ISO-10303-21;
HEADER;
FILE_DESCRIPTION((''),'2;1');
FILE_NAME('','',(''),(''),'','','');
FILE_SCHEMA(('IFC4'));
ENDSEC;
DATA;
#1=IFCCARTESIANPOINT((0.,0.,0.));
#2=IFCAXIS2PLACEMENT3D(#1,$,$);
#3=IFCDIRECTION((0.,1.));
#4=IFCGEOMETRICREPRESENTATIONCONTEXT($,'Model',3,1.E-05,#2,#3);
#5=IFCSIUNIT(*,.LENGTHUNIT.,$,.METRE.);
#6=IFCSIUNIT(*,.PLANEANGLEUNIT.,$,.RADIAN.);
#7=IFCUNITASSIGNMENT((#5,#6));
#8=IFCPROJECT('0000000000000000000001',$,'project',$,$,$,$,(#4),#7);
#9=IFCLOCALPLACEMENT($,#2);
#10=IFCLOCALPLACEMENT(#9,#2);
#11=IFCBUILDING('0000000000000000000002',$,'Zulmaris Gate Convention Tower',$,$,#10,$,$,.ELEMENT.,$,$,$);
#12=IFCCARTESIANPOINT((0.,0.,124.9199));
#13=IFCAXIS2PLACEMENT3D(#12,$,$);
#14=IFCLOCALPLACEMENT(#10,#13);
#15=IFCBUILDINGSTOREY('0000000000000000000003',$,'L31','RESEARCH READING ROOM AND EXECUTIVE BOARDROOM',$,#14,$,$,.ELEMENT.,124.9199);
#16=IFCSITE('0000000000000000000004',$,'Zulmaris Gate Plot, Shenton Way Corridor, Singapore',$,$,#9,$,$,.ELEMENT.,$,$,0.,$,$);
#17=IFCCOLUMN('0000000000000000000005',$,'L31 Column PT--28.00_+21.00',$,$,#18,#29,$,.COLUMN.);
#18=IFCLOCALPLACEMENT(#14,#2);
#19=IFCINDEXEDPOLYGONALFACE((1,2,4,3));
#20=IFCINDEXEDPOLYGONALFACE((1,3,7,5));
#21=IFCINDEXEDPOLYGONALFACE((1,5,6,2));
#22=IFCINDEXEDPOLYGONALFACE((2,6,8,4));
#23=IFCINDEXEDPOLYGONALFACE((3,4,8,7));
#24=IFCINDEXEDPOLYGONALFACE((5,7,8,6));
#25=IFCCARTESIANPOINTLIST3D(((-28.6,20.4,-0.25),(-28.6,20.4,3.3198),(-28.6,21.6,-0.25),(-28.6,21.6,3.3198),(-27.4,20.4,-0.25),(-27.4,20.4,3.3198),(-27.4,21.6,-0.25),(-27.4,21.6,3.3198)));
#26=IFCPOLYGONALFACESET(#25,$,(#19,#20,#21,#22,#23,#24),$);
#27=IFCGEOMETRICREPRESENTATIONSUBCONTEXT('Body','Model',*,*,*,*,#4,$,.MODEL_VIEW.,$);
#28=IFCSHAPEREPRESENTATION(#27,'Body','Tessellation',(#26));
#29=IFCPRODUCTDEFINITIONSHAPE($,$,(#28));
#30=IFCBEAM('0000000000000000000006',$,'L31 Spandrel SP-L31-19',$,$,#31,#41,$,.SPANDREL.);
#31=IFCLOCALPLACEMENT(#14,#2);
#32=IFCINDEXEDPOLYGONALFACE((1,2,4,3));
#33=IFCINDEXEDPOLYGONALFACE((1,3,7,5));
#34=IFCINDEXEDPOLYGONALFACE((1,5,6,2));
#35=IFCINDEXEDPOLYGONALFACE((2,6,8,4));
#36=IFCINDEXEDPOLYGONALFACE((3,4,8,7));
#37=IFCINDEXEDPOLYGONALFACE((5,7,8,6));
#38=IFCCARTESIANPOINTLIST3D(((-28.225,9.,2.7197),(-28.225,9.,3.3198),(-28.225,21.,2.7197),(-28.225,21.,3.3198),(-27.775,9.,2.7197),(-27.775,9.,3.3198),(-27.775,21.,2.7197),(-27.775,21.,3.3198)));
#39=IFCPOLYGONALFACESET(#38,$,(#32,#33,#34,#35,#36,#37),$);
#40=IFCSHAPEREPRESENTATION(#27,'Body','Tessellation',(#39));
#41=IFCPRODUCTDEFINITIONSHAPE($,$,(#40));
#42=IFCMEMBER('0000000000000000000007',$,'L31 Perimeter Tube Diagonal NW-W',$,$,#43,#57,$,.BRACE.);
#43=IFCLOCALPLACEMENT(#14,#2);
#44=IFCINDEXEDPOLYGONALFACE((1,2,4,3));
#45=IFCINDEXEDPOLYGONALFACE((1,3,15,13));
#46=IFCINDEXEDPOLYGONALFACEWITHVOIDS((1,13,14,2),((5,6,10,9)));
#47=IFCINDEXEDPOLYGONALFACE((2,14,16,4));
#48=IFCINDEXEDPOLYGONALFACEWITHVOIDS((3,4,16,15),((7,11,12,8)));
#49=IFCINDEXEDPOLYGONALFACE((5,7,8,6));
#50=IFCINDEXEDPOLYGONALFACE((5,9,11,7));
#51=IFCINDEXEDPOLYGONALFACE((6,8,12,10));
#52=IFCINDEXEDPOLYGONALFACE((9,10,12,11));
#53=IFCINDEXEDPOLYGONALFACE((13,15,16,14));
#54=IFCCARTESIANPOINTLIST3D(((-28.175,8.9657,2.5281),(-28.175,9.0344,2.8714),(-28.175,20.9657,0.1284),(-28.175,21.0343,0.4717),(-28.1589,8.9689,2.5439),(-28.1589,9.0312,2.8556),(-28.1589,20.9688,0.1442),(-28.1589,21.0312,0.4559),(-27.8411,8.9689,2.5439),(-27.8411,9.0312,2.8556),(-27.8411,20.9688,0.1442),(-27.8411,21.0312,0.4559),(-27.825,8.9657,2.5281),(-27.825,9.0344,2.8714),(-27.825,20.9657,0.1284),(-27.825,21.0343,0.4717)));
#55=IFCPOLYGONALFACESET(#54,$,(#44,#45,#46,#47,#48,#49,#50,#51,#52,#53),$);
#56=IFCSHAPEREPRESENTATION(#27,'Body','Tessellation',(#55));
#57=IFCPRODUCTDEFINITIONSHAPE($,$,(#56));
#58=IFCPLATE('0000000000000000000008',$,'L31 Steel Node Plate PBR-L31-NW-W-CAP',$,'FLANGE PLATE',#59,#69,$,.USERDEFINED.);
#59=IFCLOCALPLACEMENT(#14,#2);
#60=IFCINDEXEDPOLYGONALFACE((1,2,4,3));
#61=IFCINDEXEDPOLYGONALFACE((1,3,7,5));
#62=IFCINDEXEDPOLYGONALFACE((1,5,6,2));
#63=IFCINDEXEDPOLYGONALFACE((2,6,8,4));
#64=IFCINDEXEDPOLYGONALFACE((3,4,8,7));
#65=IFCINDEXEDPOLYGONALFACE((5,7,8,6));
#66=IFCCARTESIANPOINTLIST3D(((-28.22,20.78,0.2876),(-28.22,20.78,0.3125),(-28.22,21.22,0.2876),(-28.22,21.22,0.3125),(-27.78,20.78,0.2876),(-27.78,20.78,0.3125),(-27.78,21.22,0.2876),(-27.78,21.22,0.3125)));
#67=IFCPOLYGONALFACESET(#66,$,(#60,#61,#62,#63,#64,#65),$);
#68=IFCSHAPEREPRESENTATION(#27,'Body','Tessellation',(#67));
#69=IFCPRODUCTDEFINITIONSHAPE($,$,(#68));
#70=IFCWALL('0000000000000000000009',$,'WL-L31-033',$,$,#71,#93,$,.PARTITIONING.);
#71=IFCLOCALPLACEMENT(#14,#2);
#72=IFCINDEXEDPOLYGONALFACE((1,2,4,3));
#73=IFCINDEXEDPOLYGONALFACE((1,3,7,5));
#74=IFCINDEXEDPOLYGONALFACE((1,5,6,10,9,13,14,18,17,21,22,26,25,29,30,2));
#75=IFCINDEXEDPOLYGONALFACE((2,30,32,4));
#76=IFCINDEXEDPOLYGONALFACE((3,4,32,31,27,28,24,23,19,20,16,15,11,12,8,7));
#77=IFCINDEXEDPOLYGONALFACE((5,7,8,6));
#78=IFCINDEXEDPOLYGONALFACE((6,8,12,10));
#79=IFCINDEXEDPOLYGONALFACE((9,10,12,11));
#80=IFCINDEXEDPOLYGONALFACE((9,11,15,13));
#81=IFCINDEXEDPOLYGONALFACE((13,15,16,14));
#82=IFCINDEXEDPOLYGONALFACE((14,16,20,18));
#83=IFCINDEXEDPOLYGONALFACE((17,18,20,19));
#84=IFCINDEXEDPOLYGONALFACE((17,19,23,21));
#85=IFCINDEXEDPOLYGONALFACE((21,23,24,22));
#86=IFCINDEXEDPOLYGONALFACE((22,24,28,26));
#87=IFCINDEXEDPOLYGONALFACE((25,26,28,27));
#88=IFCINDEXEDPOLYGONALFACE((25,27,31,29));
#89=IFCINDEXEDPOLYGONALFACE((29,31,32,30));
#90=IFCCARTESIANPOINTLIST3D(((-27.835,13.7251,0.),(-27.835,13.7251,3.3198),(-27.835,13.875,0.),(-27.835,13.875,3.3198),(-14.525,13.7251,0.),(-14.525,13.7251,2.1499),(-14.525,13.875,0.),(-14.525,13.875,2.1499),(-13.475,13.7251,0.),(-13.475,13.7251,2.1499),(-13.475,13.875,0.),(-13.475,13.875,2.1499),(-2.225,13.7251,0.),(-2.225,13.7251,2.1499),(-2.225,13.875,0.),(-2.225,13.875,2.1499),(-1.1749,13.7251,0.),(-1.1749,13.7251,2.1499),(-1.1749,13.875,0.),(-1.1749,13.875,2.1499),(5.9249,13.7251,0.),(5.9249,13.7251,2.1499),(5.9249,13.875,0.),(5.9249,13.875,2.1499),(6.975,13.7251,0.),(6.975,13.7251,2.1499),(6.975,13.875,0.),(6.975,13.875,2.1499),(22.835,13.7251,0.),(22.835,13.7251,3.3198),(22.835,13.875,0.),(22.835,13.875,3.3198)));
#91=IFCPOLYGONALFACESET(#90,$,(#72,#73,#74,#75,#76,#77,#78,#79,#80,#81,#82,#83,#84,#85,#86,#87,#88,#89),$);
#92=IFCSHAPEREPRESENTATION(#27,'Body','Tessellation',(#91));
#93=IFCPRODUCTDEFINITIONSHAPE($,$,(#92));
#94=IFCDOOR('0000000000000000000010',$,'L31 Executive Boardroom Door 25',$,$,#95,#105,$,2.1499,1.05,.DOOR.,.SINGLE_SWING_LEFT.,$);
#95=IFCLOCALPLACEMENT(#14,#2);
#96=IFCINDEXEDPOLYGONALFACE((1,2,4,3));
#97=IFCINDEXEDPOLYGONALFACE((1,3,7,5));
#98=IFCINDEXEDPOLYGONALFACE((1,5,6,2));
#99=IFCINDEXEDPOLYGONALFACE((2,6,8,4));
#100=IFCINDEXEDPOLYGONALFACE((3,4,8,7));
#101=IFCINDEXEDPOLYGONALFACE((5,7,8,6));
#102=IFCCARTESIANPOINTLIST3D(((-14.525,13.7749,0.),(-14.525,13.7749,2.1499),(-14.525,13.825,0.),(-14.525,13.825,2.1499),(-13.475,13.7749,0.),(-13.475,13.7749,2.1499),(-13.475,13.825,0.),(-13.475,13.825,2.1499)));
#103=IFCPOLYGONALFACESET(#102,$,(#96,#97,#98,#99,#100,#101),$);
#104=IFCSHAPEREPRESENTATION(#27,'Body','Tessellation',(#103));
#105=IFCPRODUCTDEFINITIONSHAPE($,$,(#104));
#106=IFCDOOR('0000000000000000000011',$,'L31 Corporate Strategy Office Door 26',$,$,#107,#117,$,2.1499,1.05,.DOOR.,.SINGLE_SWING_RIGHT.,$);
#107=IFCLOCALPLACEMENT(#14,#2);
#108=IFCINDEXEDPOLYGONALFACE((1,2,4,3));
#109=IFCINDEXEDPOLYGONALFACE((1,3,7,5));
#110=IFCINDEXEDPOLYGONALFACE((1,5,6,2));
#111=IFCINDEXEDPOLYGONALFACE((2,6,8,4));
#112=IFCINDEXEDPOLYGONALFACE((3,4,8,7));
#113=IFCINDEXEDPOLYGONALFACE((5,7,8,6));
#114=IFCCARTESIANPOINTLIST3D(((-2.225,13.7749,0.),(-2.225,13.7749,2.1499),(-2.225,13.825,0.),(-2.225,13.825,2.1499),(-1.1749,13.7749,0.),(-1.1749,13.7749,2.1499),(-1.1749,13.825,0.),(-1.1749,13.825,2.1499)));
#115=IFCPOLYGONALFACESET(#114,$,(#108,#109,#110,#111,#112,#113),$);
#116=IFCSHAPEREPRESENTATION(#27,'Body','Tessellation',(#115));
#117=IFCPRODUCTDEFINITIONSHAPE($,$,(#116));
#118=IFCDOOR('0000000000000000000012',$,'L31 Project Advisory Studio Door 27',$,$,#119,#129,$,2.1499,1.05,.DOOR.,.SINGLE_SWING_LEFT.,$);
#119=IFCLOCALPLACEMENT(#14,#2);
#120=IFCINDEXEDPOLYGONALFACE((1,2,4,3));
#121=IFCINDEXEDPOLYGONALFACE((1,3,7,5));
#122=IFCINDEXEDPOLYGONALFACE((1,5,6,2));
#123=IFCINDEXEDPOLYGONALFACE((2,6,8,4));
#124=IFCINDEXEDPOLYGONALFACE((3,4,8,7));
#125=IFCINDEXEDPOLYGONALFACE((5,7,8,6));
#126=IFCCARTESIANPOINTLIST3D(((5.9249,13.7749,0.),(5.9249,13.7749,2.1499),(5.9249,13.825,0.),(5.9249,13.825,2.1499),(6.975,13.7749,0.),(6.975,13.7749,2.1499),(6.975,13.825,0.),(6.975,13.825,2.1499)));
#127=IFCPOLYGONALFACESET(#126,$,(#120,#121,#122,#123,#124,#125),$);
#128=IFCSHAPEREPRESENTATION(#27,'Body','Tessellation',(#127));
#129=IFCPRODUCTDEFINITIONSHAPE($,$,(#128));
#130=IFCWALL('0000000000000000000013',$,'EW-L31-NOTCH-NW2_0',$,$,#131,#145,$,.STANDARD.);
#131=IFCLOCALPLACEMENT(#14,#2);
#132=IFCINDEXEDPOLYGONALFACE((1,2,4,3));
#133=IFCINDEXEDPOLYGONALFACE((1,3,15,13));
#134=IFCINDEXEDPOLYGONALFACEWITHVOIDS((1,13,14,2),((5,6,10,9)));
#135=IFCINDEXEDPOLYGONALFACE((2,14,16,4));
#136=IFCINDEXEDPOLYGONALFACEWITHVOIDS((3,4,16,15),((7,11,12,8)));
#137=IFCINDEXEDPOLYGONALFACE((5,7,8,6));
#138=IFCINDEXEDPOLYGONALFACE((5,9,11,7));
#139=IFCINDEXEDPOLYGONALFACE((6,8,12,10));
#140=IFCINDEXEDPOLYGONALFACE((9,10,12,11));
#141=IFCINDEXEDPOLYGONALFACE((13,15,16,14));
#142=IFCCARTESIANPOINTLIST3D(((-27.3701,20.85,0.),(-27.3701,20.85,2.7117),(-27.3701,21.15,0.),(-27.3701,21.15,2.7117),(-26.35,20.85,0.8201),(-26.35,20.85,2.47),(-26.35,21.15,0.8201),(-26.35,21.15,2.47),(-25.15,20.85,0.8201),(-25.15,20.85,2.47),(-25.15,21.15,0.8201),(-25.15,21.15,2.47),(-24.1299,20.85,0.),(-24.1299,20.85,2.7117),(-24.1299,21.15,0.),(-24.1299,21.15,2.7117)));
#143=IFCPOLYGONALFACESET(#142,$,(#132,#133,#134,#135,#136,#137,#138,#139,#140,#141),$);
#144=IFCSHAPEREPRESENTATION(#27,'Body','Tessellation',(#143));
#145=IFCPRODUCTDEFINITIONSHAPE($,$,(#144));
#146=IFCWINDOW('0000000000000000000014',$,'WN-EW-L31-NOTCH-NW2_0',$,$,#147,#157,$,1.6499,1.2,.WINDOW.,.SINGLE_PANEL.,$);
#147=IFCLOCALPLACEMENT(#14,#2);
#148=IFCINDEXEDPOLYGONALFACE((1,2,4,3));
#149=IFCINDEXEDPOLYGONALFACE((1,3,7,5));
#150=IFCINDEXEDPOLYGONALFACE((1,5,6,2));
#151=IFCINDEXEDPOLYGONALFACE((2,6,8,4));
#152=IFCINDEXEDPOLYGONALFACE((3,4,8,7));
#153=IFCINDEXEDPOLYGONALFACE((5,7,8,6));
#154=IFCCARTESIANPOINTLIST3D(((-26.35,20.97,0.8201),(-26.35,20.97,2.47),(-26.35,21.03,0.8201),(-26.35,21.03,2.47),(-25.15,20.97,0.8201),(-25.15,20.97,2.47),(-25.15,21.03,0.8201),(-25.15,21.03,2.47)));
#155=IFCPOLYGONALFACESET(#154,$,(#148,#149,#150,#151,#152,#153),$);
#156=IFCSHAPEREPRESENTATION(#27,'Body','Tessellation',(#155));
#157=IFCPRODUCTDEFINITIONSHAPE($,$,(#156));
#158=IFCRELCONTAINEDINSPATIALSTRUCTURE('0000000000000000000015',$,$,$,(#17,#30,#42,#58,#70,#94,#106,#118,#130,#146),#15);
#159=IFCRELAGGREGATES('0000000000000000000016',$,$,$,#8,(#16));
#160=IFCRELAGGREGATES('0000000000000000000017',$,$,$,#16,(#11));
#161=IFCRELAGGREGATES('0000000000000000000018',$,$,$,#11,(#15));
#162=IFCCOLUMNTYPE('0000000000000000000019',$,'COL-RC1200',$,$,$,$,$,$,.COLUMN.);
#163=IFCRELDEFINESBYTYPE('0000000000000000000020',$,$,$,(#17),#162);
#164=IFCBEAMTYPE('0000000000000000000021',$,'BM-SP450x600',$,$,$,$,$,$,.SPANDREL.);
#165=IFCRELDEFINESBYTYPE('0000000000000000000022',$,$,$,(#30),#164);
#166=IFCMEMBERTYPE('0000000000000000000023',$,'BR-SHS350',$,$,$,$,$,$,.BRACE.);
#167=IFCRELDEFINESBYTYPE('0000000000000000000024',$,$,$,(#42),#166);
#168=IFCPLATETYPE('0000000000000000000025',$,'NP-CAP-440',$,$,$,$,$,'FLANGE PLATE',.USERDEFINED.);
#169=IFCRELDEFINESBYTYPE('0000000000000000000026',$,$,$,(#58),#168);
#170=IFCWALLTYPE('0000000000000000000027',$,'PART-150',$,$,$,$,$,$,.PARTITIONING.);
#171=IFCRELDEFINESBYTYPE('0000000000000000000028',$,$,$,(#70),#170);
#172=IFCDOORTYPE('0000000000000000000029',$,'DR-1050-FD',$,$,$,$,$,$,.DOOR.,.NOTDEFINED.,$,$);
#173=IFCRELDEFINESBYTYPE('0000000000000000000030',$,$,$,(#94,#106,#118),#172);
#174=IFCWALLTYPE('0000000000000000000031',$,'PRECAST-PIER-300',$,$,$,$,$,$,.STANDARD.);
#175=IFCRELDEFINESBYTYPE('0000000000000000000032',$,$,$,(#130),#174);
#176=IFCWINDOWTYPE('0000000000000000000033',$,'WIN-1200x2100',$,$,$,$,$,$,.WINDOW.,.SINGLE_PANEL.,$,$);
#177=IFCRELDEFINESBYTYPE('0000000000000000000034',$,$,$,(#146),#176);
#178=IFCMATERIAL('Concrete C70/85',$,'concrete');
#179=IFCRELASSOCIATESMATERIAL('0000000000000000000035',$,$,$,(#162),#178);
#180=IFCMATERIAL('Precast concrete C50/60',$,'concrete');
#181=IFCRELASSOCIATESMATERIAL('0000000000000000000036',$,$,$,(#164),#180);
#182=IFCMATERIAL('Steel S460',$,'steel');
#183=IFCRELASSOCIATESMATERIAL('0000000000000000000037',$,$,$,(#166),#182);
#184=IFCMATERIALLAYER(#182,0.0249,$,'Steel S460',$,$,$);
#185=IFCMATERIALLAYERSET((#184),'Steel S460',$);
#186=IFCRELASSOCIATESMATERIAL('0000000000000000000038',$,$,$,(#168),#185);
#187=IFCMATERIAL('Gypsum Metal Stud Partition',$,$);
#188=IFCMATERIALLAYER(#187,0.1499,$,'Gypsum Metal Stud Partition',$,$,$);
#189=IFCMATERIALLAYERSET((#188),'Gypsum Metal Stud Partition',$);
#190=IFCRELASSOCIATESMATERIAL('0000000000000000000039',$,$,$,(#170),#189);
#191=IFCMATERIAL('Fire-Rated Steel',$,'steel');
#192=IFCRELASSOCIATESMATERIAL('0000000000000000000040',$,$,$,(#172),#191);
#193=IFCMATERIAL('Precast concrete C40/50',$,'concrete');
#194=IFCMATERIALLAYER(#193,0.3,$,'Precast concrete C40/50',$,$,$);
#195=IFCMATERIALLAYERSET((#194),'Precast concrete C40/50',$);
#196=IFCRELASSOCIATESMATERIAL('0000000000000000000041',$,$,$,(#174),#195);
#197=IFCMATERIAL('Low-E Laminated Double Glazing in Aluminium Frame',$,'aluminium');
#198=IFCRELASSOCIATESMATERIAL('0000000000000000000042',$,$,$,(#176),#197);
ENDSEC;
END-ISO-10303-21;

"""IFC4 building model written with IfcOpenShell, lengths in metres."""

from ifc_helpers import new_model, si_unit, direction, frame, frame_2d, origin, origin_2d, place, context, subcontext, project, spatial, rectangle, hollow_rectangle, extrude, material, layer, layer_set, material_profile, profile_set, type_object, element, fill, save


model = new_model("IFC4")

# Units and contexts
model_context = context("Model", 3, precision=1e-05, world=origin(), true_north=direction((0.0, 1.0)))
body_context = subcontext(model_context, "Body", "Model", "MODEL_VIEW")
ifc_project = project(units=[si_unit("LENGTHUNIT", "METRE"), si_unit("PLANEANGLEUNIT", "RADIAN")], contexts=[model_context])

# Site, building, storey
site_placement = place(None, origin())
site = spatial("IfcSite", under=ifc_project, at=site_placement, Name="Zulmaris Gate Plot, Shenton Way Corridor, Singapore", CompositionType="ELEMENT", RefElevation=0.0)
building_placement = place(site_placement, origin())
building = spatial("IfcBuilding", under=site, at=building_placement, Name="Zulmaris Gate Convention Tower", CompositionType="ELEMENT")
storey_placement = place(building_placement, frame((0.0, 0.0, 124.9199)))
storey = spatial("IfcBuildingStorey", under=building, at=storey_placement, Name="L31", Description="RESEARCH READING ROOM AND EXECUTIVE BOARDROOM", CompositionType="ELEMENT", Elevation=124.9199)

# Column
ifc_material_1 = material(Name="Concrete C70/85", Category="concrete")
ifc_material_profile_1 = material_profile(ifc_material_1, rectangle(XDim=1.2, YDim=1.2, at=origin_2d()), Name="RC COL 1200x1200")
ifc_profile_set_1 = profile_set([ifc_material_profile_1], Name="Concrete C70/85")
column_type = type_object("IfcColumnType", Name="COL-RC1200", PredefinedType="COLUMN", material=ifc_profile_set_1)
column_placement = place(storey_placement, frame((-28.0, 21.0, -0.25), z_axis=(0.0, 0.0, 1.0), x_axis=(1.0, 0.0, 0.0)))
element("IfcColumn", 1, at=column_placement, inside=storey, type_object=column_type, Name="L31 Column PT--28.00_+21.00", PredefinedType="COLUMN", context=body_context, shape_type="SweptSolid", body=[
    extrude(rectangle(XDim=1.2, YDim=1.2, at=origin_2d()), origin(), (0.0, 0.0, 1.0), 3.5698),
])

# Beam
ifc_material_2 = material(Name="Precast concrete C50/60", Category="concrete")
ifc_material_profile_2 = material_profile(ifc_material_2, rectangle(XDim=0.45, YDim=0.6001, at=origin_2d()), Name="RC SPANDREL 450x600")
ifc_profile_set_2 = profile_set([ifc_material_profile_2], Name="Precast concrete C50/60")
beam_type = type_object("IfcBeamType", Name="BM-SP450x600", PredefinedType="SPANDREL", material=ifc_profile_set_2)
beam_placement = place(storey_placement, frame((-28.0, 21.0, 3.0198), z_axis=(0.0, -1.0, 0.0), x_axis=(1.0, 0.0, 0.0)))
element("IfcBeam", 2, at=beam_placement, inside=storey, type_object=beam_type, Name="L31 Spandrel SP-L31-19", PredefinedType="SPANDREL", context=body_context, shape_type="SweptSolid", body=[
    extrude(rectangle(XDim=0.45, YDim=0.6001, at=origin_2d()), origin(), (0.0, 0.0, 1.0), 12.0),
])

# Member
ifc_material_3 = material(Name="Steel S460", Category="steel")
ifc_material_profile_3 = material_profile(ifc_material_3, hollow_rectangle(XDim=0.3501, YDim=0.3501, WallThickness=0.0161, at=origin_2d()), Name="SHS 350x350x16")
ifc_profile_set_3 = profile_set([ifc_material_profile_3], Name="Steel S460")
member_type = type_object("IfcMemberType", Name="BR-SHS350", PredefinedType="BRACE", material=ifc_profile_set_3)
member_placement = place(storey_placement, frame((-28.0, 21.0, 0.3), z_axis=(0.0, -0.980586, 0.196089), x_axis=(1.0, 0.0, 0.0)))
element("IfcMember", 3, at=member_placement, inside=storey, type_object=member_type, Name="L31 Perimeter Tube Diagonal NW-W", PredefinedType="BRACE", context=body_context, shape_type="SweptSolid", body=[
    extrude(hollow_rectangle(XDim=0.3501, YDim=0.3501, WallThickness=0.0161, at=origin_2d()), origin(), (0.0, 0.0, 1.0), 12.2375),
])

# Plate
ifc_layer_1 = layer(ifc_material_3, 0.0249, Name="Steel S460")
ifc_layer_set_1 = layer_set([ifc_layer_1], Name="Steel S460")
plate_type = type_object("IfcPlateType", Name="NP-CAP-440", ElementType="FLANGE PLATE", PredefinedType="USERDEFINED", material=ifc_layer_set_1)
plate_placement = place(storey_placement, frame((-28.0, 21.0, 0.2876), z_axis=(0.0, 0.0, 1.0), x_axis=(1.0, 0.0, 0.0)))
element("IfcPlate", 4, at=plate_placement, inside=storey, type_object=plate_type, Name="L31 Steel Node Plate PBR-L31-NW-W-CAP", ObjectType="FLANGE PLATE", PredefinedType="USERDEFINED", context=body_context, shape_type="SweptSolid", body=[
    extrude(rectangle(XDim=0.4399, YDim=0.4399, at=origin_2d()), origin(), (0.0, 0.0, 1.0), 0.0249),
])

# Wall, openings, doors
ifc_material_4 = material(Name="Gypsum Metal Stud Partition")
ifc_layer_2 = layer(ifc_material_4, 0.1499, Name="Gypsum Metal Stud Partition")
ifc_layer_set_2 = layer_set([ifc_layer_2], Name="Gypsum Metal Stud Partition")
wall_type_1 = type_object("IfcWallType", Name="PART-150", PredefinedType="PARTITIONING", material=ifc_layer_set_2)
wall_1_placement = place(storey_placement, frame((-27.835, 13.8, 0.0), z_axis=(0.0, 0.0, 1.0), x_axis=(1.0, 0.0, 0.0)))
wall_1 = element("IfcWall", 5, at=wall_1_placement, inside=storey, type_object=wall_type_1, Name="WL-L31-033", PredefinedType="PARTITIONING", context=body_context, shape_type="SweptSolid", body=[
    extrude(rectangle(XDim=50.6699, YDim=0.1499, at=frame_2d((25.335, 0.0))), origin(), (0.0, 0.0, 1.0), 3.3198),
])
opening_1_placement = place(wall_1_placement, frame((13.3101, 0.0, 0.0)))
opening_1 = element("IfcOpeningElement", 6, at=opening_1_placement, cuts=wall_1, PredefinedType="OPENING", context=body_context, shape_type="SweptSolid", body=[
    extrude(rectangle(XDim=1.05, YDim=2.1499, at=frame_2d((0.5249, 1.075))), frame((0.0, 0.085, 0.0), z_axis=(0.0, -1.0, 0.0), x_axis=(1.0, 0.0, 0.0)), (0.0, 0.0, 1.0), 0.1699),
])
opening_2_placement = place(wall_1_placement, frame((25.6101, 0.0, 0.0)))
opening_2 = element("IfcOpeningElement", 7, at=opening_2_placement, cuts=wall_1, PredefinedType="OPENING", context=body_context, shape_type="SweptSolid", body=[
    extrude(rectangle(XDim=1.05, YDim=2.1499, at=frame_2d((0.5249, 1.075))), frame((0.0, 0.085, 0.0), z_axis=(0.0, -1.0, 0.0), x_axis=(1.0, 0.0, 0.0)), (0.0, 0.0, 1.0), 0.1699),
])
opening_3_placement = place(wall_1_placement, frame((33.76, 0.0, 0.0)))
opening_3 = element("IfcOpeningElement", 8, at=opening_3_placement, cuts=wall_1, PredefinedType="OPENING", context=body_context, shape_type="SweptSolid", body=[
    extrude(rectangle(XDim=1.05, YDim=2.1499, at=frame_2d((0.5249, 1.075))), frame((0.0, 0.085, 0.0), z_axis=(0.0, -1.0, 0.0), x_axis=(1.0, 0.0, 0.0)), (0.0, 0.0, 1.0), 0.1699),
])
ifc_material_5 = material(Name="Fire-Rated Steel", Category="steel")
door_type = type_object("IfcDoorType", Name="DR-1050-FD", OperationType="NOTDEFINED", PredefinedType="DOOR", material=ifc_material_5)
door_1_placement = place(opening_1_placement, origin())
door_1 = element("IfcDoor", 9, at=door_1_placement, inside=storey, type_object=door_type, Name="L31 Executive Boardroom Door 25", OperationType="SINGLE_SWING_LEFT", OverallHeight=2.1499, OverallWidth=1.05, PredefinedType="DOOR", context=body_context, shape_type="SweptSolid", body=[
    extrude(rectangle(XDim=1.05, YDim=2.1499, at=frame_2d((0.5249, 1.075))), frame((0.0, 0.0249, 0.0), z_axis=(0.0, -1.0, 0.0), x_axis=(1.0, 0.0, 0.0)), (0.0, 0.0, 1.0), 0.05),
])
fill(opening_1, door_1)
door_2_placement = place(opening_2_placement, origin())
door_2 = element("IfcDoor", 10, at=door_2_placement, inside=storey, type_object=door_type, Name="L31 Corporate Strategy Office Door 26", OperationType="SINGLE_SWING_RIGHT", OverallHeight=2.1499, OverallWidth=1.05, PredefinedType="DOOR", context=body_context, shape_type="SweptSolid", body=[
    extrude(rectangle(XDim=1.05, YDim=2.1499, at=frame_2d((0.5249, 1.075))), frame((0.0, 0.0249, 0.0), z_axis=(0.0, -1.0, 0.0), x_axis=(1.0, 0.0, 0.0)), (0.0, 0.0, 1.0), 0.05),
])
fill(opening_2, door_2)
door_3_placement = place(opening_3_placement, origin())
door_3 = element("IfcDoor", 11, at=door_3_placement, inside=storey, type_object=door_type, Name="L31 Project Advisory Studio Door 27", OperationType="SINGLE_SWING_LEFT", OverallHeight=2.1499, OverallWidth=1.05, PredefinedType="DOOR", context=body_context, shape_type="SweptSolid", body=[
    extrude(rectangle(XDim=1.05, YDim=2.1499, at=frame_2d((0.5249, 1.075))), frame((0.0, 0.0249, 0.0), z_axis=(0.0, -1.0, 0.0), x_axis=(1.0, 0.0, 0.0)), (0.0, 0.0, 1.0), 0.05),
])
fill(opening_3, door_3)

# Wall, opening, window
ifc_material_6 = material(Name="Precast concrete C40/50", Category="concrete")
ifc_layer_3 = layer(ifc_material_6, 0.3, Name="Precast concrete C40/50")
ifc_layer_set_3 = layer_set([ifc_layer_3], Name="Precast concrete C40/50")
wall_type_2 = type_object("IfcWallType", Name="PRECAST-PIER-300", PredefinedType="STANDARD", material=ifc_layer_set_3)
wall_2_placement = place(storey_placement, frame((-24.1299, 21.0, 0.0), z_axis=(0.0, 0.0, 1.0), x_axis=(-1.0, 0.0, 0.0)))
wall_2 = element("IfcWall", 12, at=wall_2_placement, inside=storey, type_object=wall_type_2, Name="EW-L31-NOTCH-NW2_0", PredefinedType="STANDARD", context=body_context, shape_type="SweptSolid", body=[
    extrude(rectangle(XDim=3.2402, YDim=0.3, at=frame_2d((1.6201, 0.0))), origin(), (0.0, 0.0, 1.0), 2.7117),
])
opening_4_placement = place(wall_2_placement, frame((1.02, 0.0, 0.8201)))
opening_4 = element("IfcOpeningElement", 13, at=opening_4_placement, cuts=wall_2, PredefinedType="OPENING", context=body_context, shape_type="SweptSolid", body=[
    extrude(rectangle(XDim=1.2, YDim=1.6499, at=frame_2d((0.6001, 0.825))), frame((0.0, 0.1602, 0.0), z_axis=(0.0, -1.0, 0.0), x_axis=(1.0, 0.0, 0.0)), (0.0, 0.0, 1.0), 0.3201),
])
ifc_material_7 = material(Name="Low-E Laminated Double Glazing in Aluminium Frame", Category="aluminium")
window_type = type_object("IfcWindowType", Name="WIN-1200x2100", PartitioningType="SINGLE_PANEL", PredefinedType="WINDOW", material=ifc_material_7)
window_placement = place(opening_4_placement, origin())
window = element("IfcWindow", 14, at=window_placement, inside=storey, type_object=window_type, Name="WN-EW-L31-NOTCH-NW2_0", OverallHeight=1.6499, OverallWidth=1.2, PartitioningType="SINGLE_PANEL", PredefinedType="WINDOW", context=body_context, shape_type="SweptSolid", body=[
    extrude(rectangle(XDim=1.2, YDim=1.6499, at=frame_2d((0.6001, 0.825))), frame((0.0, 0.03, 0.0), z_axis=(0.0, -1.0, 0.0), x_axis=(1.0, 0.0, 0.0)), (0.0, 0.0, 1.0), 0.0601),
])
fill(opening_4, window)

save(model, "model.ifc")
